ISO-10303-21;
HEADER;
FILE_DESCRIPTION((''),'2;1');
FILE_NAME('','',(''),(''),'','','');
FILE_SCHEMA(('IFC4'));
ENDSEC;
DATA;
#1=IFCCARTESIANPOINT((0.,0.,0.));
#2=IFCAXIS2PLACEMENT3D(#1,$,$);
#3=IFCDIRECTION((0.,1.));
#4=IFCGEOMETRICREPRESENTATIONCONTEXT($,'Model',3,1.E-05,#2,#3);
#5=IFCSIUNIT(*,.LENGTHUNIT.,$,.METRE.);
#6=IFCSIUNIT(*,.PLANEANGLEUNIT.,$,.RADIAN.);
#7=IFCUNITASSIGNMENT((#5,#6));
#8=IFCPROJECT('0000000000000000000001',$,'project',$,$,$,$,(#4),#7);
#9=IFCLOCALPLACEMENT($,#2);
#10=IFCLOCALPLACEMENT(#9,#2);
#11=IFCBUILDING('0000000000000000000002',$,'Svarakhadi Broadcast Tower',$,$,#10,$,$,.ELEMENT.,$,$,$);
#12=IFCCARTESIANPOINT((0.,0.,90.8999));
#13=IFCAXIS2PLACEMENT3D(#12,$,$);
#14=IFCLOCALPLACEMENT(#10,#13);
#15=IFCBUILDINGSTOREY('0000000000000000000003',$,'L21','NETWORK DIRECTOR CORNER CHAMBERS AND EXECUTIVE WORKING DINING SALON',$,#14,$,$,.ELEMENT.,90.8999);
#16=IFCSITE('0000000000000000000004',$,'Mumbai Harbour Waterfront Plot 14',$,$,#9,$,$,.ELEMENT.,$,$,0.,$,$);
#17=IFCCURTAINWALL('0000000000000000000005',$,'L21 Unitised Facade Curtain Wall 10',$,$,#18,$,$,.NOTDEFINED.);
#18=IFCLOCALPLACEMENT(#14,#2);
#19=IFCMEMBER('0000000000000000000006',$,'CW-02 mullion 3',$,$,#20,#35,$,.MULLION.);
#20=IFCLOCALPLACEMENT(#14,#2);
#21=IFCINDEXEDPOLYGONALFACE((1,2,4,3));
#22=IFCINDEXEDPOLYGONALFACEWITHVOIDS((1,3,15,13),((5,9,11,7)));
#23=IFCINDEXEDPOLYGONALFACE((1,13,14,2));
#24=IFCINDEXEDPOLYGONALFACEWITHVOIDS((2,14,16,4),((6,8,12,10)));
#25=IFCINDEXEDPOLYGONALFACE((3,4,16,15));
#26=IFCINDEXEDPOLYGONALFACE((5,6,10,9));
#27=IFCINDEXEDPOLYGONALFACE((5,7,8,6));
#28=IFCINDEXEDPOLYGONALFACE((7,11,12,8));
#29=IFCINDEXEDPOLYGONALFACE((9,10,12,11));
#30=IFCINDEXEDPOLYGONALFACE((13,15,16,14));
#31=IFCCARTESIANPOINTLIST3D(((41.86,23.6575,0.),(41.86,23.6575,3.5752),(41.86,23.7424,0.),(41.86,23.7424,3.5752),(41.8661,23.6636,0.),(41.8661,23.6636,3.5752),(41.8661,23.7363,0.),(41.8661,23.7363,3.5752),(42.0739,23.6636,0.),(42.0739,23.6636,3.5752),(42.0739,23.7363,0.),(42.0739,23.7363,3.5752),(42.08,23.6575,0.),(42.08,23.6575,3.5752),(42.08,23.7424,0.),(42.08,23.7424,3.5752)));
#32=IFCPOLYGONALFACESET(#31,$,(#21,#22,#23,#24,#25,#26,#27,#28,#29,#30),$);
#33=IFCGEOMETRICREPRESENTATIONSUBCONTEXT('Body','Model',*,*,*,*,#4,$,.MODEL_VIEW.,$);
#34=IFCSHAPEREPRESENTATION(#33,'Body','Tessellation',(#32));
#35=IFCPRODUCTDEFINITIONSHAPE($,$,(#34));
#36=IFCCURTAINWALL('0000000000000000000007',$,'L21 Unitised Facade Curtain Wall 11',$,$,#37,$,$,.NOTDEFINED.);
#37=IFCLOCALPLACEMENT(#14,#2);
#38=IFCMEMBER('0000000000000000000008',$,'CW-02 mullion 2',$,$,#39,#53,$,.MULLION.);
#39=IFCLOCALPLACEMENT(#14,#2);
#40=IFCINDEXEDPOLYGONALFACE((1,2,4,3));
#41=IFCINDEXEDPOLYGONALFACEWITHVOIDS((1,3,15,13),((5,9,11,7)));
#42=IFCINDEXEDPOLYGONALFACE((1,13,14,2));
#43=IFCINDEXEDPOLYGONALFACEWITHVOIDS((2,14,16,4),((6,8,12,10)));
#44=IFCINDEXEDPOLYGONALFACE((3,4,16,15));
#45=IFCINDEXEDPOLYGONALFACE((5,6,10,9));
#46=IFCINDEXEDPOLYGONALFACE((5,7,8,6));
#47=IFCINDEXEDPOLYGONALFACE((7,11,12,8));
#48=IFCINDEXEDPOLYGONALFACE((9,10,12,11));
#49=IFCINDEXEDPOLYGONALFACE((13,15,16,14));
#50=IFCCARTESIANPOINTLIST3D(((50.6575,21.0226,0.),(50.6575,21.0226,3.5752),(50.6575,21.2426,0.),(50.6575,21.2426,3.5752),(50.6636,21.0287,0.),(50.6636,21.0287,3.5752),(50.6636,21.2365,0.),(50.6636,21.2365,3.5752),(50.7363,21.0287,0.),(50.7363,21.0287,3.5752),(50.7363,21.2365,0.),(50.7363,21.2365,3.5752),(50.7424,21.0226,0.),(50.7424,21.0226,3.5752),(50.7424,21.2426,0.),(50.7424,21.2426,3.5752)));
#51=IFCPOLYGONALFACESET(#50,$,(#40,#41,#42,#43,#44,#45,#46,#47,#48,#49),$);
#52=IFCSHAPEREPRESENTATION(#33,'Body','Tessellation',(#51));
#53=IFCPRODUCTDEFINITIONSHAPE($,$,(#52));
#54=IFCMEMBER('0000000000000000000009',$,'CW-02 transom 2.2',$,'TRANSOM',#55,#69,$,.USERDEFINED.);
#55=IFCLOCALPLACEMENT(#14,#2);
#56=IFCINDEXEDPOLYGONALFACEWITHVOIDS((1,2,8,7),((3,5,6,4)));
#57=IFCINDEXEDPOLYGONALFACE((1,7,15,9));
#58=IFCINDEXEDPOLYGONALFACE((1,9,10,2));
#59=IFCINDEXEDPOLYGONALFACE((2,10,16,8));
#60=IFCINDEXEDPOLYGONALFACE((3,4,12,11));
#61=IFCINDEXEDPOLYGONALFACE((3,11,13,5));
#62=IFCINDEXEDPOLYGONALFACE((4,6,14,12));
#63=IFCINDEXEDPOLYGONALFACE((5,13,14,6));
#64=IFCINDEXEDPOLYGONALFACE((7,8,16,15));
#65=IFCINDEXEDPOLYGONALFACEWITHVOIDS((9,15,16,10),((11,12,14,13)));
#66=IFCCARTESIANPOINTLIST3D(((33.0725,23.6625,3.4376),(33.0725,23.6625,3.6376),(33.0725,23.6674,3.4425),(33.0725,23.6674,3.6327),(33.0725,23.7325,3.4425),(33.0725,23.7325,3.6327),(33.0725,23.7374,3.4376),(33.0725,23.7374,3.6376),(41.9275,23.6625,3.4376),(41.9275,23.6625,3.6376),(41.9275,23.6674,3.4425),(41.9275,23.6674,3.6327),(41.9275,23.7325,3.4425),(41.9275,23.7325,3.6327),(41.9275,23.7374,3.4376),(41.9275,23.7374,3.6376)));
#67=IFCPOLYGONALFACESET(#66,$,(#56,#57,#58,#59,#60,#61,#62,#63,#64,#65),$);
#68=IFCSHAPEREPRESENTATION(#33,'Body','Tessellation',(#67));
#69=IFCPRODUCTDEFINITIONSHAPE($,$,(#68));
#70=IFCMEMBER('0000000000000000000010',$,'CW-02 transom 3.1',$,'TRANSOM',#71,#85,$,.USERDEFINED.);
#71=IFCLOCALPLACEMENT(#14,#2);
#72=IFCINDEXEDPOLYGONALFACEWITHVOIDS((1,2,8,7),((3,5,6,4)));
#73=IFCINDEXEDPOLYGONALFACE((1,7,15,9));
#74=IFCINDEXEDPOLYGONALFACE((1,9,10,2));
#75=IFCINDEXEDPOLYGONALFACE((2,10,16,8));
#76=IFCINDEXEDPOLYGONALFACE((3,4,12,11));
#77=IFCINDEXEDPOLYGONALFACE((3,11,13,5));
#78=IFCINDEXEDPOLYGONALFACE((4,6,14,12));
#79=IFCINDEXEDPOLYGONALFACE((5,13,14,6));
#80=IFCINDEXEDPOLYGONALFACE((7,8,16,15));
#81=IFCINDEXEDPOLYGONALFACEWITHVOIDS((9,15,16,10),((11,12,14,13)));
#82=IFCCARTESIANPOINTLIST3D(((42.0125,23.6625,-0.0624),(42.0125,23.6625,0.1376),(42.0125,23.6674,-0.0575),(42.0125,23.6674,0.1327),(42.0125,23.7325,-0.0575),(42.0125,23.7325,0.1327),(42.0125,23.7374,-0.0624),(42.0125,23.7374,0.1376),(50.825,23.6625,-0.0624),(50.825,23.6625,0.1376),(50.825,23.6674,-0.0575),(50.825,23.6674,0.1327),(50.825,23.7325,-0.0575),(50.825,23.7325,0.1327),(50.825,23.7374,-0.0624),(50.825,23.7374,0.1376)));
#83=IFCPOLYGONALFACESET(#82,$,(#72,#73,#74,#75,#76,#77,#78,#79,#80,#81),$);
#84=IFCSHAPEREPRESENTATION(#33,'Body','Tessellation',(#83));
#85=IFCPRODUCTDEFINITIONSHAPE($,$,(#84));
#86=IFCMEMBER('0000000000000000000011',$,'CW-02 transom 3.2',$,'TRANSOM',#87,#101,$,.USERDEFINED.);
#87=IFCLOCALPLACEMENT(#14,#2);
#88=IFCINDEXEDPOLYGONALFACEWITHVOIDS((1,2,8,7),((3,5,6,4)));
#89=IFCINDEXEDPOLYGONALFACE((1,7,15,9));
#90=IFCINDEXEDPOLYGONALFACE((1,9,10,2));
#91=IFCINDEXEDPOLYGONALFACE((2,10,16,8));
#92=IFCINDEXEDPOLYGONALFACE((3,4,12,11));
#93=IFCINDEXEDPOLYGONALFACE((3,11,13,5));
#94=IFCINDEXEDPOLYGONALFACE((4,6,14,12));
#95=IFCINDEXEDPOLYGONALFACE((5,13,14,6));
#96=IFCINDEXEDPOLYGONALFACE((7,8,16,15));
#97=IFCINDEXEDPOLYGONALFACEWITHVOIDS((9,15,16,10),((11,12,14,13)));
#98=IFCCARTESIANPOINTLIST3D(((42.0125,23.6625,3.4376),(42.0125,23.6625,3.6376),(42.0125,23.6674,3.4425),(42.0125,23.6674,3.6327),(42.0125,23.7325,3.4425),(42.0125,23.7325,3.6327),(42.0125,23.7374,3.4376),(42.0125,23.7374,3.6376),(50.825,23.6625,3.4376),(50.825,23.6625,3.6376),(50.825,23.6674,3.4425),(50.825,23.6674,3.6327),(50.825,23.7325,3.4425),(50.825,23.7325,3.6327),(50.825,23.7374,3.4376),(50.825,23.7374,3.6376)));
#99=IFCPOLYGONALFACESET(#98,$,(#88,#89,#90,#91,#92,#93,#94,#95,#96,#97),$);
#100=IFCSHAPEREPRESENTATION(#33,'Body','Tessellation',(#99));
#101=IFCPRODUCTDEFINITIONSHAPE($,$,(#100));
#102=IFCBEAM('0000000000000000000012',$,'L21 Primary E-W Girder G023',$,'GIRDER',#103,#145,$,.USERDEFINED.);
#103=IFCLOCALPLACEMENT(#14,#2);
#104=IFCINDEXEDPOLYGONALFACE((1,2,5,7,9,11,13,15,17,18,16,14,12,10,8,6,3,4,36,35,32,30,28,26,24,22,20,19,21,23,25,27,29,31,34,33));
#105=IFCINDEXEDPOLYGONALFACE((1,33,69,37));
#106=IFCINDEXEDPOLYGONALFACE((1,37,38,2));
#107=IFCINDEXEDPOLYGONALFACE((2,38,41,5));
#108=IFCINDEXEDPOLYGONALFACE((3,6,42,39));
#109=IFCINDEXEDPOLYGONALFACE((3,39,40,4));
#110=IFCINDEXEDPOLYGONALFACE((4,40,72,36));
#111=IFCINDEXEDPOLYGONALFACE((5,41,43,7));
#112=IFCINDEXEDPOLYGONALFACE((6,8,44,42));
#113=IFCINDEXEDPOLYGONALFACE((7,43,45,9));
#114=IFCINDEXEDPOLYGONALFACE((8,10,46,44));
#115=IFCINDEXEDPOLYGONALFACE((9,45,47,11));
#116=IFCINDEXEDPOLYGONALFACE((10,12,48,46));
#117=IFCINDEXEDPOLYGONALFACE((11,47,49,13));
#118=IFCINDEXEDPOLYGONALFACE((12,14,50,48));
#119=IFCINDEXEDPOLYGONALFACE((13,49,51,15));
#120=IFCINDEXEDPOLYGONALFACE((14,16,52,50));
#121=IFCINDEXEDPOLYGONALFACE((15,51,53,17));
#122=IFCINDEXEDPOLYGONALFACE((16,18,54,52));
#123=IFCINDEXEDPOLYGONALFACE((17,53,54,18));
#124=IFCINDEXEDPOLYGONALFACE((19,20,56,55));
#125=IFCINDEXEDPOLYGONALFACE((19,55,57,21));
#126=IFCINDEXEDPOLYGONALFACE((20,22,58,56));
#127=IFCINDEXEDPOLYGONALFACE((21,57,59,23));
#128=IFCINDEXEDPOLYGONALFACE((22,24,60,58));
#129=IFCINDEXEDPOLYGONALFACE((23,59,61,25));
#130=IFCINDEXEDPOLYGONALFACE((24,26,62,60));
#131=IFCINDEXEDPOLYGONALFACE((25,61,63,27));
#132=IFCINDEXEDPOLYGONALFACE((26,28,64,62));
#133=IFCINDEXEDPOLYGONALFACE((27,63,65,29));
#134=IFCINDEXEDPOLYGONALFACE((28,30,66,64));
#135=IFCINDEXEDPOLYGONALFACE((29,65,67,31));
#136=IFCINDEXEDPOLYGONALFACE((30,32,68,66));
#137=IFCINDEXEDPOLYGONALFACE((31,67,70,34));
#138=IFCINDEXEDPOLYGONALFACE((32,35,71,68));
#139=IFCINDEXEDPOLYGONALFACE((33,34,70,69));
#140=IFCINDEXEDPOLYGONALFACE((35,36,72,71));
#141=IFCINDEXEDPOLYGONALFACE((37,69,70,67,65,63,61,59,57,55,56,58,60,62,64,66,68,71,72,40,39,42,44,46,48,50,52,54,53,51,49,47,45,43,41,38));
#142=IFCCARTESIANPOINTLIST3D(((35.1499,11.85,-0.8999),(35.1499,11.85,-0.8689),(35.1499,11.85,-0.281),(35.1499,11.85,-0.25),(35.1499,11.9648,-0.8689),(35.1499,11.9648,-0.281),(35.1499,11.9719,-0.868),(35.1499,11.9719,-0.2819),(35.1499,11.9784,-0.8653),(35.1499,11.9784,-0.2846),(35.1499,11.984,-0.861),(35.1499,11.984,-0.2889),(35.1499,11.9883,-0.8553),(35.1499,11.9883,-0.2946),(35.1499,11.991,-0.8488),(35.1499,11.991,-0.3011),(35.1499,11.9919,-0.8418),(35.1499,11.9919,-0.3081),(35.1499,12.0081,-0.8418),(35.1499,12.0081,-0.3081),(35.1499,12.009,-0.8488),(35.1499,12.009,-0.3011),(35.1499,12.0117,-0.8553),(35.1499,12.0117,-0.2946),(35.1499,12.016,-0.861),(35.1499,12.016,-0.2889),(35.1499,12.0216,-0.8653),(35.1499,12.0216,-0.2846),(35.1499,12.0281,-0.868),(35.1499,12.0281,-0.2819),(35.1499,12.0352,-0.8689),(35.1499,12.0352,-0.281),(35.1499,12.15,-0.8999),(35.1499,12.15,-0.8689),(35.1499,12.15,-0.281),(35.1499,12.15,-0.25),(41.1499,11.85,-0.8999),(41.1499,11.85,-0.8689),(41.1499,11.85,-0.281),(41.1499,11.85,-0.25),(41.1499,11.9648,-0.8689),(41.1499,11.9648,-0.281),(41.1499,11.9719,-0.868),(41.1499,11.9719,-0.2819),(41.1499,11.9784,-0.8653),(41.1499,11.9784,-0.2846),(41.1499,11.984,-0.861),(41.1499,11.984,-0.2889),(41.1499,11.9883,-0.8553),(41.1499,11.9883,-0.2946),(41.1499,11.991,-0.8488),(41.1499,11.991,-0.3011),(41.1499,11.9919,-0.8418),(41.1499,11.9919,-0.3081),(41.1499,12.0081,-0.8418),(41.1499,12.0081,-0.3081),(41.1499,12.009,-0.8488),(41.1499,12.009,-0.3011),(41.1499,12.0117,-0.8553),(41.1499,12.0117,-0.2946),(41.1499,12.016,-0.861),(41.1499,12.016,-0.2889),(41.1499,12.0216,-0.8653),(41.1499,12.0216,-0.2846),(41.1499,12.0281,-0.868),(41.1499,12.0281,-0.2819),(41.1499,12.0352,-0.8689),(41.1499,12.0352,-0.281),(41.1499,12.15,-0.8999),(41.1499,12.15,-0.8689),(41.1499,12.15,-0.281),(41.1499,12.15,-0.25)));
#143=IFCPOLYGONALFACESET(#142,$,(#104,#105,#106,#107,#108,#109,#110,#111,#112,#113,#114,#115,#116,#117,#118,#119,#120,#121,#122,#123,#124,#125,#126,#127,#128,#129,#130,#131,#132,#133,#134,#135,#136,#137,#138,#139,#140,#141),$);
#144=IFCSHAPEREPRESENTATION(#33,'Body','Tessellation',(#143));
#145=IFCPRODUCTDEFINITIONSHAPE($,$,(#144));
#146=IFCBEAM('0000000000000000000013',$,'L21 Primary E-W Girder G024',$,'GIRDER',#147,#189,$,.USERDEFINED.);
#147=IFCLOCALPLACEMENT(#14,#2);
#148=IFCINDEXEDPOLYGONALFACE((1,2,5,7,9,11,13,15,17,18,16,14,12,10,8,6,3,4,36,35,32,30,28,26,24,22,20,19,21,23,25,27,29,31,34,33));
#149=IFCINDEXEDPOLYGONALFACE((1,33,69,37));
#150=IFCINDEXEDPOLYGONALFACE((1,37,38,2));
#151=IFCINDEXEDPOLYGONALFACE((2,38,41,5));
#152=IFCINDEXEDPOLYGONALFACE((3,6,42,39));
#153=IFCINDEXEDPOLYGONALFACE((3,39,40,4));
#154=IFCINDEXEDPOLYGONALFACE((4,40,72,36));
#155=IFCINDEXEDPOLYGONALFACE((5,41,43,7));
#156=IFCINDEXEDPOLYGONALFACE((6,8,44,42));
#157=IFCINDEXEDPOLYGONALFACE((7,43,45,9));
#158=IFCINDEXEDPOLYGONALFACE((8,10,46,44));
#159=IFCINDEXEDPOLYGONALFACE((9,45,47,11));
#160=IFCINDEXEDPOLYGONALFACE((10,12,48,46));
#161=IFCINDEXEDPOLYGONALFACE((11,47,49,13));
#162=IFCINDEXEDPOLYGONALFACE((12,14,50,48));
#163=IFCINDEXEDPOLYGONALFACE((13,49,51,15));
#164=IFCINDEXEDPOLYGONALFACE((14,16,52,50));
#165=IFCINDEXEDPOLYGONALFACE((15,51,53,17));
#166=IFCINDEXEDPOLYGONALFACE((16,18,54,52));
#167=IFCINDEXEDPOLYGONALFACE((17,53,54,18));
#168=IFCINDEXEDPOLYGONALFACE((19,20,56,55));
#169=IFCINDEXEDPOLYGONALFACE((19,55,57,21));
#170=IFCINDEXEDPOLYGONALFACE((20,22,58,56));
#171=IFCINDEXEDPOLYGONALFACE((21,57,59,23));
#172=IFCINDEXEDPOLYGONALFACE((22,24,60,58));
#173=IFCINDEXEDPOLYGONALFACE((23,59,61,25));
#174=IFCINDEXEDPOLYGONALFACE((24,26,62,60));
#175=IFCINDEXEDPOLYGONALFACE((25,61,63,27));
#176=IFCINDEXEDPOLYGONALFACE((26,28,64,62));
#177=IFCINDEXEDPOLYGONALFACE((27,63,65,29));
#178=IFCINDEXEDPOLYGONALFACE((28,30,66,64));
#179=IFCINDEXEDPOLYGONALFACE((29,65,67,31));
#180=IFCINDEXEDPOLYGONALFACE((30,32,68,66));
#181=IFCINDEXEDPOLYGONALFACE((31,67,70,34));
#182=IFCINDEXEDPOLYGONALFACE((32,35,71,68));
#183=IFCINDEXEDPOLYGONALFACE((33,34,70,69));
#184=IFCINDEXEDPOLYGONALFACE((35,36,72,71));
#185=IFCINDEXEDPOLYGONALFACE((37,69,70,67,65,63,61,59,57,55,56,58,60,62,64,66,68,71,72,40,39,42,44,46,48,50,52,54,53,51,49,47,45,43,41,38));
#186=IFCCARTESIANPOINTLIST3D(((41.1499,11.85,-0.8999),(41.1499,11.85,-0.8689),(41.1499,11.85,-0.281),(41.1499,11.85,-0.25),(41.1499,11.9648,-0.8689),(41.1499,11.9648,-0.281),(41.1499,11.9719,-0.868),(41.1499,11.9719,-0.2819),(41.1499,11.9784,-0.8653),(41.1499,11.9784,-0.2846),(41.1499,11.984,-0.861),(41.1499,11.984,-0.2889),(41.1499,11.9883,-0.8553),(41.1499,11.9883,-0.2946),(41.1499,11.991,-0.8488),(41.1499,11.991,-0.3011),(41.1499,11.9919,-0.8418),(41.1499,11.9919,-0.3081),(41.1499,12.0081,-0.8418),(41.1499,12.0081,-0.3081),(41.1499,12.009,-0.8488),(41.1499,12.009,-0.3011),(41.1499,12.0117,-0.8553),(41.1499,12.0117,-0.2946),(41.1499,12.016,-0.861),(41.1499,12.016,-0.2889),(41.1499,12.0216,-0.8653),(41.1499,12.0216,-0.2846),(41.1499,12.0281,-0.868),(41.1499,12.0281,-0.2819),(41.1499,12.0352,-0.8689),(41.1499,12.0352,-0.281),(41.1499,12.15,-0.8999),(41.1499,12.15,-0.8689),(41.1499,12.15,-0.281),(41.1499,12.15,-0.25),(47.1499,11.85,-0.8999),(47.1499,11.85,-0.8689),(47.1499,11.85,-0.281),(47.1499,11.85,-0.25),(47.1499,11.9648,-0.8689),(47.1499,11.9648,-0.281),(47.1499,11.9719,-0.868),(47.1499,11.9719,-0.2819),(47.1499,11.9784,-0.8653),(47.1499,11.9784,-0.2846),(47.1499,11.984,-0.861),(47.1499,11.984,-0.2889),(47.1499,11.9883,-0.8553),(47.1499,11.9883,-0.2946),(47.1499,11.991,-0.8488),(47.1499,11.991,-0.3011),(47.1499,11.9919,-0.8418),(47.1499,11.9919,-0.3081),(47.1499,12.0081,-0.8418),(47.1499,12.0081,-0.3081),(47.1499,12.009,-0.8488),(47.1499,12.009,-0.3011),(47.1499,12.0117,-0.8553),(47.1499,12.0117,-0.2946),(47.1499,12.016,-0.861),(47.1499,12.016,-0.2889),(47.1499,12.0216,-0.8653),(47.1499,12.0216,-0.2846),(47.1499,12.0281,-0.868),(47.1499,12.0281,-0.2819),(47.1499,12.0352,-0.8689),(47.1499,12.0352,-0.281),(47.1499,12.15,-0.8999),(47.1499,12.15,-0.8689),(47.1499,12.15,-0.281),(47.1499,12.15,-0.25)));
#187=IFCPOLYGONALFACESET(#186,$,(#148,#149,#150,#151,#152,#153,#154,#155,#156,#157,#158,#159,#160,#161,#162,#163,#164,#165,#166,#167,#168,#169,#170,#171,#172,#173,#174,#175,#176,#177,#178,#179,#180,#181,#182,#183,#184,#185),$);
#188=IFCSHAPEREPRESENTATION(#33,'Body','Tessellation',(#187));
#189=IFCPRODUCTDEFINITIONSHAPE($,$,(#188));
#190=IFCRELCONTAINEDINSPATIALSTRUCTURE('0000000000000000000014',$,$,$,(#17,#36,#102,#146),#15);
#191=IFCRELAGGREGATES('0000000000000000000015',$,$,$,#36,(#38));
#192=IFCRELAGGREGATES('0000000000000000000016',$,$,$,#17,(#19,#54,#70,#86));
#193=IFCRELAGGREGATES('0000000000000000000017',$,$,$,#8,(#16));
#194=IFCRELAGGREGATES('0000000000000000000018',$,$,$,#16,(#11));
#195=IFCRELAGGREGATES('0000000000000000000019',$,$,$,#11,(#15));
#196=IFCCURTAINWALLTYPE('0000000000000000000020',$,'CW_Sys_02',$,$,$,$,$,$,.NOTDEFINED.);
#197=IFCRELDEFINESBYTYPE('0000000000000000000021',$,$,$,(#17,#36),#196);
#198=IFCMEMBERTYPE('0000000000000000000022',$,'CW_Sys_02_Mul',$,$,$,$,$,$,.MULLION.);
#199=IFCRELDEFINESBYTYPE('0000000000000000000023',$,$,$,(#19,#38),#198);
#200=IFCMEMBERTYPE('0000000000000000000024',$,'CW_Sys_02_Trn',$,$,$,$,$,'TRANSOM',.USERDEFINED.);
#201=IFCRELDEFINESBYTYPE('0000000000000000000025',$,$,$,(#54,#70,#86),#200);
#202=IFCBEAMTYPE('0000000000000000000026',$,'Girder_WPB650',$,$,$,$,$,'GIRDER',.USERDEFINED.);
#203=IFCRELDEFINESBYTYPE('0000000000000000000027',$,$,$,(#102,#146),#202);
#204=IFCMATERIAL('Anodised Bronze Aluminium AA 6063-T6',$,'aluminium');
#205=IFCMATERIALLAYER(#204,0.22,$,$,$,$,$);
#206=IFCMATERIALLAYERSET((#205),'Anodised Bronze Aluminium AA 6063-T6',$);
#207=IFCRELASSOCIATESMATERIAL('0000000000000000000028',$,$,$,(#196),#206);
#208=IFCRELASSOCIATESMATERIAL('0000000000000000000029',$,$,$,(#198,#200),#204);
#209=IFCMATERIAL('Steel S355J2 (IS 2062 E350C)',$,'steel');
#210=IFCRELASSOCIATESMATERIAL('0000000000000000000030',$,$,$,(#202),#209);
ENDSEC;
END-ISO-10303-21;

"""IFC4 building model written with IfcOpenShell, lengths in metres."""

from ifc_helpers import new_model, si_unit, direction, frame, origin, origin_2d, place, context, subcontext, project, spatial, hollow_rectangle, i_section, extrude, material, layer, layer_set, material_profile, profile_set, type_object, element, aggregate, save


model = new_model("IFC4")

# Units and contexts
model_context = context("Model", 3, precision=1e-05, world=origin(), true_north=direction((0.0, 1.0)))
body_context = subcontext(model_context, "Body", "Model", "MODEL_VIEW")
ifc_project = project(units=[si_unit("LENGTHUNIT", "METRE"), si_unit("PLANEANGLEUNIT", "RADIAN")], contexts=[model_context])

# Site, building, storey
site_placement = place(None, origin())
site = spatial("IfcSite", under=ifc_project, at=site_placement, Name="Mumbai Harbour Waterfront Plot 14", CompositionType="ELEMENT", RefElevation=0.0)
building_placement = place(site_placement, origin())
building = spatial("IfcBuilding", under=site, at=building_placement, Name="Svarakhadi Broadcast Tower", CompositionType="ELEMENT")
storey_placement = place(building_placement, frame((0.0, 0.0, 90.8999)))
storey = spatial("IfcBuildingStorey", under=building, at=storey_placement, Name="L21", Description="NETWORK DIRECTOR CORNER CHAMBERS AND EXECUTIVE WORKING DINING SALON", CompositionType="ELEMENT", Elevation=90.8999)

# Shared definitions
ifc_material_1 = material(Name="Steel S355J2 (IS 2062 E350C)", Category="steel")

# Curtain walls, members
ifc_material_2 = material(Name="Anodised Bronze Aluminium AA 6063-T6", Category="aluminium")
ifc_layer_1 = layer(ifc_material_2, 0.22)
ifc_layer_set_1 = layer_set([ifc_layer_1], Name="Anodised Bronze Aluminium AA 6063-T6")
curtain_wall_type = type_object("IfcCurtainWallType", Name="CW_Sys_02", PredefinedType="NOTDEFINED", material=ifc_layer_set_1)
curtain_wall_1_placement = place(storey_placement, origin())
curtain_wall_1 = element("IfcCurtainWall", 1, at=curtain_wall_1_placement, inside=storey, type_object=curtain_wall_type, Name="L21 Unitised Facade Curtain Wall 10", PredefinedType="NOTDEFINED")
ifc_material_profile_1 = material_profile(ifc_material_2, hollow_rectangle(XDim=0.085, YDim=0.22, WallThickness=0.0061, at=origin_2d()), Name="ALU MULLION 220x85x6")
ifc_profile_set_1 = profile_set([ifc_material_profile_1], Name="Anodised Bronze Aluminium AA 6063-T6")
member_type_1 = type_object("IfcMemberType", Name="CW_Sys_02_Mul", PredefinedType="MULLION", material=ifc_profile_set_1)
member_1_placement = place(storey_placement, frame((41.97, 23.7, 0.0), z_axis=(0.0, 0.0, 1.0), x_axis=(0.0, 1.0, 0.0)))
member_1 = element("IfcMember", 2, at=member_1_placement, type_object=member_type_1, Name="CW-02 mullion 3", PredefinedType="MULLION", context=body_context, shape_type="SweptSolid", body=[
    extrude(hollow_rectangle(XDim=0.085, YDim=0.22, WallThickness=0.0061, at=origin_2d()), origin(), (0.0, 0.0, 1.0), 3.5752),
])
curtain_wall_2_placement = place(storey_placement, origin())
curtain_wall_2 = element("IfcCurtainWall", 3, at=curtain_wall_2_placement, inside=storey, type_object=curtain_wall_type, Name="L21 Unitised Facade Curtain Wall 11", PredefinedType="NOTDEFINED")
member_2_placement = place(storey_placement, frame((50.7, 21.1326, 0.0), z_axis=(0.0, 0.0, 1.0), x_axis=(1.0, 0.0, 0.0)))
member_2 = element("IfcMember", 4, at=member_2_placement, type_object=member_type_1, Name="CW-02 mullion 2", PredefinedType="MULLION", context=body_context, shape_type="SweptSolid", body=[
    extrude(hollow_rectangle(XDim=0.085, YDim=0.22, WallThickness=0.0061, at=origin_2d()), origin(), (0.0, 0.0, 1.0), 3.5752),
])
aggregate(curtain_wall_2, [member_2])

# Members
ifc_material_profile_2 = material_profile(ifc_material_2, hollow_rectangle(XDim=0.075, YDim=0.2, WallThickness=0.0049, at=origin_2d()), Name="ALU TRANSOM 200x75x5")
ifc_profile_set_2 = profile_set([ifc_material_profile_2], Name="Anodised Bronze Aluminium AA 6063-T6")
member_type_2 = type_object("IfcMemberType", Name="CW_Sys_02_Trn", ElementType="TRANSOM", PredefinedType="USERDEFINED", material=ifc_profile_set_2)
member_3_placement = place(storey_placement, frame((33.0725, 23.7, 3.5376), z_axis=(1.0, 0.0, 0.0), x_axis=(0.0, 1.0, 0.0)))
member_3 = element("IfcMember", 5, at=member_3_placement, type_object=member_type_2, Name="CW-02 transom 2.2", ObjectType="TRANSOM", PredefinedType="USERDEFINED", context=body_context, shape_type="SweptSolid", body=[
    extrude(hollow_rectangle(XDim=0.075, YDim=0.2, WallThickness=0.0049, at=origin_2d()), origin(), (0.0, 0.0, 1.0), 8.855),
])
member_4_placement = place(storey_placement, frame((42.0125, 23.7, 0.0376), z_axis=(1.0, 0.0, 0.0), x_axis=(0.0, 1.0, 0.0)))
member_4 = element("IfcMember", 6, at=member_4_placement, type_object=member_type_2, Name="CW-02 transom 3.1", ObjectType="TRANSOM", PredefinedType="USERDEFINED", context=body_context, shape_type="SweptSolid", body=[
    extrude(hollow_rectangle(XDim=0.075, YDim=0.2, WallThickness=0.0049, at=origin_2d()), origin(), (0.0, 0.0, 1.0), 8.8125),
])
member_5_placement = place(storey_placement, frame((42.0125, 23.7, 3.5376), z_axis=(1.0, 0.0, 0.0), x_axis=(0.0, 1.0, 0.0)))
member_5 = element("IfcMember", 7, at=member_5_placement, type_object=member_type_2, Name="CW-02 transom 3.2", ObjectType="TRANSOM", PredefinedType="USERDEFINED", context=body_context, shape_type="SweptSolid", body=[
    extrude(hollow_rectangle(XDim=0.075, YDim=0.2, WallThickness=0.0049, at=origin_2d()), origin(), (0.0, 0.0, 1.0), 8.8125),
])

# Beams
ifc_material_profile_3 = material_profile(ifc_material_1, i_section(OverallWidth=0.3, OverallDepth=0.6499, WebThickness=0.0161, FlangeThickness=0.031, FilletRadius=0.0271, at=origin_2d()), Name="WPB 650x300x225")
ifc_profile_set_3 = profile_set([ifc_material_profile_3], Name="Steel S355J2 (IS 2062 E350C)")
beam_type_1 = type_object("IfcBeamType", Name="Girder_WPB650", ElementType="GIRDER", PredefinedType="USERDEFINED", material=ifc_profile_set_3)
for number, where, z_axis, x_axis, name in (
    (8, (35.1499, 12.0, -0.575), (1.0, 0.0, 0.0), (0.0, 1.0, 0.0), "L21 Primary E-W Girder G023"),
    (9, (41.1499, 12.0, -0.575), (1.0, 0.0, 0.0), (0.0, 1.0, 0.0), "L21 Primary E-W Girder G024"),
):
    element("IfcBeam", number, at=place(storey_placement, frame(where, z_axis=z_axis, x_axis=x_axis)), inside=storey, type_object=beam_type_1, Name=name, ObjectType="GIRDER", PredefinedType="USERDEFINED", context=body_context, shape_type="SweptSolid", body=[
        extrude(i_section(OverallWidth=0.3, OverallDepth=0.6499, WebThickness=0.0161, FlangeThickness=0.031, FilletRadius=0.0271, at=origin_2d()), origin(), (0.0, 0.0, 1.0), 6.0),
    ])

aggregate(curtain_wall_1, [member_1, member_3, member_4, member_5])

save(model, "model.ifc")
